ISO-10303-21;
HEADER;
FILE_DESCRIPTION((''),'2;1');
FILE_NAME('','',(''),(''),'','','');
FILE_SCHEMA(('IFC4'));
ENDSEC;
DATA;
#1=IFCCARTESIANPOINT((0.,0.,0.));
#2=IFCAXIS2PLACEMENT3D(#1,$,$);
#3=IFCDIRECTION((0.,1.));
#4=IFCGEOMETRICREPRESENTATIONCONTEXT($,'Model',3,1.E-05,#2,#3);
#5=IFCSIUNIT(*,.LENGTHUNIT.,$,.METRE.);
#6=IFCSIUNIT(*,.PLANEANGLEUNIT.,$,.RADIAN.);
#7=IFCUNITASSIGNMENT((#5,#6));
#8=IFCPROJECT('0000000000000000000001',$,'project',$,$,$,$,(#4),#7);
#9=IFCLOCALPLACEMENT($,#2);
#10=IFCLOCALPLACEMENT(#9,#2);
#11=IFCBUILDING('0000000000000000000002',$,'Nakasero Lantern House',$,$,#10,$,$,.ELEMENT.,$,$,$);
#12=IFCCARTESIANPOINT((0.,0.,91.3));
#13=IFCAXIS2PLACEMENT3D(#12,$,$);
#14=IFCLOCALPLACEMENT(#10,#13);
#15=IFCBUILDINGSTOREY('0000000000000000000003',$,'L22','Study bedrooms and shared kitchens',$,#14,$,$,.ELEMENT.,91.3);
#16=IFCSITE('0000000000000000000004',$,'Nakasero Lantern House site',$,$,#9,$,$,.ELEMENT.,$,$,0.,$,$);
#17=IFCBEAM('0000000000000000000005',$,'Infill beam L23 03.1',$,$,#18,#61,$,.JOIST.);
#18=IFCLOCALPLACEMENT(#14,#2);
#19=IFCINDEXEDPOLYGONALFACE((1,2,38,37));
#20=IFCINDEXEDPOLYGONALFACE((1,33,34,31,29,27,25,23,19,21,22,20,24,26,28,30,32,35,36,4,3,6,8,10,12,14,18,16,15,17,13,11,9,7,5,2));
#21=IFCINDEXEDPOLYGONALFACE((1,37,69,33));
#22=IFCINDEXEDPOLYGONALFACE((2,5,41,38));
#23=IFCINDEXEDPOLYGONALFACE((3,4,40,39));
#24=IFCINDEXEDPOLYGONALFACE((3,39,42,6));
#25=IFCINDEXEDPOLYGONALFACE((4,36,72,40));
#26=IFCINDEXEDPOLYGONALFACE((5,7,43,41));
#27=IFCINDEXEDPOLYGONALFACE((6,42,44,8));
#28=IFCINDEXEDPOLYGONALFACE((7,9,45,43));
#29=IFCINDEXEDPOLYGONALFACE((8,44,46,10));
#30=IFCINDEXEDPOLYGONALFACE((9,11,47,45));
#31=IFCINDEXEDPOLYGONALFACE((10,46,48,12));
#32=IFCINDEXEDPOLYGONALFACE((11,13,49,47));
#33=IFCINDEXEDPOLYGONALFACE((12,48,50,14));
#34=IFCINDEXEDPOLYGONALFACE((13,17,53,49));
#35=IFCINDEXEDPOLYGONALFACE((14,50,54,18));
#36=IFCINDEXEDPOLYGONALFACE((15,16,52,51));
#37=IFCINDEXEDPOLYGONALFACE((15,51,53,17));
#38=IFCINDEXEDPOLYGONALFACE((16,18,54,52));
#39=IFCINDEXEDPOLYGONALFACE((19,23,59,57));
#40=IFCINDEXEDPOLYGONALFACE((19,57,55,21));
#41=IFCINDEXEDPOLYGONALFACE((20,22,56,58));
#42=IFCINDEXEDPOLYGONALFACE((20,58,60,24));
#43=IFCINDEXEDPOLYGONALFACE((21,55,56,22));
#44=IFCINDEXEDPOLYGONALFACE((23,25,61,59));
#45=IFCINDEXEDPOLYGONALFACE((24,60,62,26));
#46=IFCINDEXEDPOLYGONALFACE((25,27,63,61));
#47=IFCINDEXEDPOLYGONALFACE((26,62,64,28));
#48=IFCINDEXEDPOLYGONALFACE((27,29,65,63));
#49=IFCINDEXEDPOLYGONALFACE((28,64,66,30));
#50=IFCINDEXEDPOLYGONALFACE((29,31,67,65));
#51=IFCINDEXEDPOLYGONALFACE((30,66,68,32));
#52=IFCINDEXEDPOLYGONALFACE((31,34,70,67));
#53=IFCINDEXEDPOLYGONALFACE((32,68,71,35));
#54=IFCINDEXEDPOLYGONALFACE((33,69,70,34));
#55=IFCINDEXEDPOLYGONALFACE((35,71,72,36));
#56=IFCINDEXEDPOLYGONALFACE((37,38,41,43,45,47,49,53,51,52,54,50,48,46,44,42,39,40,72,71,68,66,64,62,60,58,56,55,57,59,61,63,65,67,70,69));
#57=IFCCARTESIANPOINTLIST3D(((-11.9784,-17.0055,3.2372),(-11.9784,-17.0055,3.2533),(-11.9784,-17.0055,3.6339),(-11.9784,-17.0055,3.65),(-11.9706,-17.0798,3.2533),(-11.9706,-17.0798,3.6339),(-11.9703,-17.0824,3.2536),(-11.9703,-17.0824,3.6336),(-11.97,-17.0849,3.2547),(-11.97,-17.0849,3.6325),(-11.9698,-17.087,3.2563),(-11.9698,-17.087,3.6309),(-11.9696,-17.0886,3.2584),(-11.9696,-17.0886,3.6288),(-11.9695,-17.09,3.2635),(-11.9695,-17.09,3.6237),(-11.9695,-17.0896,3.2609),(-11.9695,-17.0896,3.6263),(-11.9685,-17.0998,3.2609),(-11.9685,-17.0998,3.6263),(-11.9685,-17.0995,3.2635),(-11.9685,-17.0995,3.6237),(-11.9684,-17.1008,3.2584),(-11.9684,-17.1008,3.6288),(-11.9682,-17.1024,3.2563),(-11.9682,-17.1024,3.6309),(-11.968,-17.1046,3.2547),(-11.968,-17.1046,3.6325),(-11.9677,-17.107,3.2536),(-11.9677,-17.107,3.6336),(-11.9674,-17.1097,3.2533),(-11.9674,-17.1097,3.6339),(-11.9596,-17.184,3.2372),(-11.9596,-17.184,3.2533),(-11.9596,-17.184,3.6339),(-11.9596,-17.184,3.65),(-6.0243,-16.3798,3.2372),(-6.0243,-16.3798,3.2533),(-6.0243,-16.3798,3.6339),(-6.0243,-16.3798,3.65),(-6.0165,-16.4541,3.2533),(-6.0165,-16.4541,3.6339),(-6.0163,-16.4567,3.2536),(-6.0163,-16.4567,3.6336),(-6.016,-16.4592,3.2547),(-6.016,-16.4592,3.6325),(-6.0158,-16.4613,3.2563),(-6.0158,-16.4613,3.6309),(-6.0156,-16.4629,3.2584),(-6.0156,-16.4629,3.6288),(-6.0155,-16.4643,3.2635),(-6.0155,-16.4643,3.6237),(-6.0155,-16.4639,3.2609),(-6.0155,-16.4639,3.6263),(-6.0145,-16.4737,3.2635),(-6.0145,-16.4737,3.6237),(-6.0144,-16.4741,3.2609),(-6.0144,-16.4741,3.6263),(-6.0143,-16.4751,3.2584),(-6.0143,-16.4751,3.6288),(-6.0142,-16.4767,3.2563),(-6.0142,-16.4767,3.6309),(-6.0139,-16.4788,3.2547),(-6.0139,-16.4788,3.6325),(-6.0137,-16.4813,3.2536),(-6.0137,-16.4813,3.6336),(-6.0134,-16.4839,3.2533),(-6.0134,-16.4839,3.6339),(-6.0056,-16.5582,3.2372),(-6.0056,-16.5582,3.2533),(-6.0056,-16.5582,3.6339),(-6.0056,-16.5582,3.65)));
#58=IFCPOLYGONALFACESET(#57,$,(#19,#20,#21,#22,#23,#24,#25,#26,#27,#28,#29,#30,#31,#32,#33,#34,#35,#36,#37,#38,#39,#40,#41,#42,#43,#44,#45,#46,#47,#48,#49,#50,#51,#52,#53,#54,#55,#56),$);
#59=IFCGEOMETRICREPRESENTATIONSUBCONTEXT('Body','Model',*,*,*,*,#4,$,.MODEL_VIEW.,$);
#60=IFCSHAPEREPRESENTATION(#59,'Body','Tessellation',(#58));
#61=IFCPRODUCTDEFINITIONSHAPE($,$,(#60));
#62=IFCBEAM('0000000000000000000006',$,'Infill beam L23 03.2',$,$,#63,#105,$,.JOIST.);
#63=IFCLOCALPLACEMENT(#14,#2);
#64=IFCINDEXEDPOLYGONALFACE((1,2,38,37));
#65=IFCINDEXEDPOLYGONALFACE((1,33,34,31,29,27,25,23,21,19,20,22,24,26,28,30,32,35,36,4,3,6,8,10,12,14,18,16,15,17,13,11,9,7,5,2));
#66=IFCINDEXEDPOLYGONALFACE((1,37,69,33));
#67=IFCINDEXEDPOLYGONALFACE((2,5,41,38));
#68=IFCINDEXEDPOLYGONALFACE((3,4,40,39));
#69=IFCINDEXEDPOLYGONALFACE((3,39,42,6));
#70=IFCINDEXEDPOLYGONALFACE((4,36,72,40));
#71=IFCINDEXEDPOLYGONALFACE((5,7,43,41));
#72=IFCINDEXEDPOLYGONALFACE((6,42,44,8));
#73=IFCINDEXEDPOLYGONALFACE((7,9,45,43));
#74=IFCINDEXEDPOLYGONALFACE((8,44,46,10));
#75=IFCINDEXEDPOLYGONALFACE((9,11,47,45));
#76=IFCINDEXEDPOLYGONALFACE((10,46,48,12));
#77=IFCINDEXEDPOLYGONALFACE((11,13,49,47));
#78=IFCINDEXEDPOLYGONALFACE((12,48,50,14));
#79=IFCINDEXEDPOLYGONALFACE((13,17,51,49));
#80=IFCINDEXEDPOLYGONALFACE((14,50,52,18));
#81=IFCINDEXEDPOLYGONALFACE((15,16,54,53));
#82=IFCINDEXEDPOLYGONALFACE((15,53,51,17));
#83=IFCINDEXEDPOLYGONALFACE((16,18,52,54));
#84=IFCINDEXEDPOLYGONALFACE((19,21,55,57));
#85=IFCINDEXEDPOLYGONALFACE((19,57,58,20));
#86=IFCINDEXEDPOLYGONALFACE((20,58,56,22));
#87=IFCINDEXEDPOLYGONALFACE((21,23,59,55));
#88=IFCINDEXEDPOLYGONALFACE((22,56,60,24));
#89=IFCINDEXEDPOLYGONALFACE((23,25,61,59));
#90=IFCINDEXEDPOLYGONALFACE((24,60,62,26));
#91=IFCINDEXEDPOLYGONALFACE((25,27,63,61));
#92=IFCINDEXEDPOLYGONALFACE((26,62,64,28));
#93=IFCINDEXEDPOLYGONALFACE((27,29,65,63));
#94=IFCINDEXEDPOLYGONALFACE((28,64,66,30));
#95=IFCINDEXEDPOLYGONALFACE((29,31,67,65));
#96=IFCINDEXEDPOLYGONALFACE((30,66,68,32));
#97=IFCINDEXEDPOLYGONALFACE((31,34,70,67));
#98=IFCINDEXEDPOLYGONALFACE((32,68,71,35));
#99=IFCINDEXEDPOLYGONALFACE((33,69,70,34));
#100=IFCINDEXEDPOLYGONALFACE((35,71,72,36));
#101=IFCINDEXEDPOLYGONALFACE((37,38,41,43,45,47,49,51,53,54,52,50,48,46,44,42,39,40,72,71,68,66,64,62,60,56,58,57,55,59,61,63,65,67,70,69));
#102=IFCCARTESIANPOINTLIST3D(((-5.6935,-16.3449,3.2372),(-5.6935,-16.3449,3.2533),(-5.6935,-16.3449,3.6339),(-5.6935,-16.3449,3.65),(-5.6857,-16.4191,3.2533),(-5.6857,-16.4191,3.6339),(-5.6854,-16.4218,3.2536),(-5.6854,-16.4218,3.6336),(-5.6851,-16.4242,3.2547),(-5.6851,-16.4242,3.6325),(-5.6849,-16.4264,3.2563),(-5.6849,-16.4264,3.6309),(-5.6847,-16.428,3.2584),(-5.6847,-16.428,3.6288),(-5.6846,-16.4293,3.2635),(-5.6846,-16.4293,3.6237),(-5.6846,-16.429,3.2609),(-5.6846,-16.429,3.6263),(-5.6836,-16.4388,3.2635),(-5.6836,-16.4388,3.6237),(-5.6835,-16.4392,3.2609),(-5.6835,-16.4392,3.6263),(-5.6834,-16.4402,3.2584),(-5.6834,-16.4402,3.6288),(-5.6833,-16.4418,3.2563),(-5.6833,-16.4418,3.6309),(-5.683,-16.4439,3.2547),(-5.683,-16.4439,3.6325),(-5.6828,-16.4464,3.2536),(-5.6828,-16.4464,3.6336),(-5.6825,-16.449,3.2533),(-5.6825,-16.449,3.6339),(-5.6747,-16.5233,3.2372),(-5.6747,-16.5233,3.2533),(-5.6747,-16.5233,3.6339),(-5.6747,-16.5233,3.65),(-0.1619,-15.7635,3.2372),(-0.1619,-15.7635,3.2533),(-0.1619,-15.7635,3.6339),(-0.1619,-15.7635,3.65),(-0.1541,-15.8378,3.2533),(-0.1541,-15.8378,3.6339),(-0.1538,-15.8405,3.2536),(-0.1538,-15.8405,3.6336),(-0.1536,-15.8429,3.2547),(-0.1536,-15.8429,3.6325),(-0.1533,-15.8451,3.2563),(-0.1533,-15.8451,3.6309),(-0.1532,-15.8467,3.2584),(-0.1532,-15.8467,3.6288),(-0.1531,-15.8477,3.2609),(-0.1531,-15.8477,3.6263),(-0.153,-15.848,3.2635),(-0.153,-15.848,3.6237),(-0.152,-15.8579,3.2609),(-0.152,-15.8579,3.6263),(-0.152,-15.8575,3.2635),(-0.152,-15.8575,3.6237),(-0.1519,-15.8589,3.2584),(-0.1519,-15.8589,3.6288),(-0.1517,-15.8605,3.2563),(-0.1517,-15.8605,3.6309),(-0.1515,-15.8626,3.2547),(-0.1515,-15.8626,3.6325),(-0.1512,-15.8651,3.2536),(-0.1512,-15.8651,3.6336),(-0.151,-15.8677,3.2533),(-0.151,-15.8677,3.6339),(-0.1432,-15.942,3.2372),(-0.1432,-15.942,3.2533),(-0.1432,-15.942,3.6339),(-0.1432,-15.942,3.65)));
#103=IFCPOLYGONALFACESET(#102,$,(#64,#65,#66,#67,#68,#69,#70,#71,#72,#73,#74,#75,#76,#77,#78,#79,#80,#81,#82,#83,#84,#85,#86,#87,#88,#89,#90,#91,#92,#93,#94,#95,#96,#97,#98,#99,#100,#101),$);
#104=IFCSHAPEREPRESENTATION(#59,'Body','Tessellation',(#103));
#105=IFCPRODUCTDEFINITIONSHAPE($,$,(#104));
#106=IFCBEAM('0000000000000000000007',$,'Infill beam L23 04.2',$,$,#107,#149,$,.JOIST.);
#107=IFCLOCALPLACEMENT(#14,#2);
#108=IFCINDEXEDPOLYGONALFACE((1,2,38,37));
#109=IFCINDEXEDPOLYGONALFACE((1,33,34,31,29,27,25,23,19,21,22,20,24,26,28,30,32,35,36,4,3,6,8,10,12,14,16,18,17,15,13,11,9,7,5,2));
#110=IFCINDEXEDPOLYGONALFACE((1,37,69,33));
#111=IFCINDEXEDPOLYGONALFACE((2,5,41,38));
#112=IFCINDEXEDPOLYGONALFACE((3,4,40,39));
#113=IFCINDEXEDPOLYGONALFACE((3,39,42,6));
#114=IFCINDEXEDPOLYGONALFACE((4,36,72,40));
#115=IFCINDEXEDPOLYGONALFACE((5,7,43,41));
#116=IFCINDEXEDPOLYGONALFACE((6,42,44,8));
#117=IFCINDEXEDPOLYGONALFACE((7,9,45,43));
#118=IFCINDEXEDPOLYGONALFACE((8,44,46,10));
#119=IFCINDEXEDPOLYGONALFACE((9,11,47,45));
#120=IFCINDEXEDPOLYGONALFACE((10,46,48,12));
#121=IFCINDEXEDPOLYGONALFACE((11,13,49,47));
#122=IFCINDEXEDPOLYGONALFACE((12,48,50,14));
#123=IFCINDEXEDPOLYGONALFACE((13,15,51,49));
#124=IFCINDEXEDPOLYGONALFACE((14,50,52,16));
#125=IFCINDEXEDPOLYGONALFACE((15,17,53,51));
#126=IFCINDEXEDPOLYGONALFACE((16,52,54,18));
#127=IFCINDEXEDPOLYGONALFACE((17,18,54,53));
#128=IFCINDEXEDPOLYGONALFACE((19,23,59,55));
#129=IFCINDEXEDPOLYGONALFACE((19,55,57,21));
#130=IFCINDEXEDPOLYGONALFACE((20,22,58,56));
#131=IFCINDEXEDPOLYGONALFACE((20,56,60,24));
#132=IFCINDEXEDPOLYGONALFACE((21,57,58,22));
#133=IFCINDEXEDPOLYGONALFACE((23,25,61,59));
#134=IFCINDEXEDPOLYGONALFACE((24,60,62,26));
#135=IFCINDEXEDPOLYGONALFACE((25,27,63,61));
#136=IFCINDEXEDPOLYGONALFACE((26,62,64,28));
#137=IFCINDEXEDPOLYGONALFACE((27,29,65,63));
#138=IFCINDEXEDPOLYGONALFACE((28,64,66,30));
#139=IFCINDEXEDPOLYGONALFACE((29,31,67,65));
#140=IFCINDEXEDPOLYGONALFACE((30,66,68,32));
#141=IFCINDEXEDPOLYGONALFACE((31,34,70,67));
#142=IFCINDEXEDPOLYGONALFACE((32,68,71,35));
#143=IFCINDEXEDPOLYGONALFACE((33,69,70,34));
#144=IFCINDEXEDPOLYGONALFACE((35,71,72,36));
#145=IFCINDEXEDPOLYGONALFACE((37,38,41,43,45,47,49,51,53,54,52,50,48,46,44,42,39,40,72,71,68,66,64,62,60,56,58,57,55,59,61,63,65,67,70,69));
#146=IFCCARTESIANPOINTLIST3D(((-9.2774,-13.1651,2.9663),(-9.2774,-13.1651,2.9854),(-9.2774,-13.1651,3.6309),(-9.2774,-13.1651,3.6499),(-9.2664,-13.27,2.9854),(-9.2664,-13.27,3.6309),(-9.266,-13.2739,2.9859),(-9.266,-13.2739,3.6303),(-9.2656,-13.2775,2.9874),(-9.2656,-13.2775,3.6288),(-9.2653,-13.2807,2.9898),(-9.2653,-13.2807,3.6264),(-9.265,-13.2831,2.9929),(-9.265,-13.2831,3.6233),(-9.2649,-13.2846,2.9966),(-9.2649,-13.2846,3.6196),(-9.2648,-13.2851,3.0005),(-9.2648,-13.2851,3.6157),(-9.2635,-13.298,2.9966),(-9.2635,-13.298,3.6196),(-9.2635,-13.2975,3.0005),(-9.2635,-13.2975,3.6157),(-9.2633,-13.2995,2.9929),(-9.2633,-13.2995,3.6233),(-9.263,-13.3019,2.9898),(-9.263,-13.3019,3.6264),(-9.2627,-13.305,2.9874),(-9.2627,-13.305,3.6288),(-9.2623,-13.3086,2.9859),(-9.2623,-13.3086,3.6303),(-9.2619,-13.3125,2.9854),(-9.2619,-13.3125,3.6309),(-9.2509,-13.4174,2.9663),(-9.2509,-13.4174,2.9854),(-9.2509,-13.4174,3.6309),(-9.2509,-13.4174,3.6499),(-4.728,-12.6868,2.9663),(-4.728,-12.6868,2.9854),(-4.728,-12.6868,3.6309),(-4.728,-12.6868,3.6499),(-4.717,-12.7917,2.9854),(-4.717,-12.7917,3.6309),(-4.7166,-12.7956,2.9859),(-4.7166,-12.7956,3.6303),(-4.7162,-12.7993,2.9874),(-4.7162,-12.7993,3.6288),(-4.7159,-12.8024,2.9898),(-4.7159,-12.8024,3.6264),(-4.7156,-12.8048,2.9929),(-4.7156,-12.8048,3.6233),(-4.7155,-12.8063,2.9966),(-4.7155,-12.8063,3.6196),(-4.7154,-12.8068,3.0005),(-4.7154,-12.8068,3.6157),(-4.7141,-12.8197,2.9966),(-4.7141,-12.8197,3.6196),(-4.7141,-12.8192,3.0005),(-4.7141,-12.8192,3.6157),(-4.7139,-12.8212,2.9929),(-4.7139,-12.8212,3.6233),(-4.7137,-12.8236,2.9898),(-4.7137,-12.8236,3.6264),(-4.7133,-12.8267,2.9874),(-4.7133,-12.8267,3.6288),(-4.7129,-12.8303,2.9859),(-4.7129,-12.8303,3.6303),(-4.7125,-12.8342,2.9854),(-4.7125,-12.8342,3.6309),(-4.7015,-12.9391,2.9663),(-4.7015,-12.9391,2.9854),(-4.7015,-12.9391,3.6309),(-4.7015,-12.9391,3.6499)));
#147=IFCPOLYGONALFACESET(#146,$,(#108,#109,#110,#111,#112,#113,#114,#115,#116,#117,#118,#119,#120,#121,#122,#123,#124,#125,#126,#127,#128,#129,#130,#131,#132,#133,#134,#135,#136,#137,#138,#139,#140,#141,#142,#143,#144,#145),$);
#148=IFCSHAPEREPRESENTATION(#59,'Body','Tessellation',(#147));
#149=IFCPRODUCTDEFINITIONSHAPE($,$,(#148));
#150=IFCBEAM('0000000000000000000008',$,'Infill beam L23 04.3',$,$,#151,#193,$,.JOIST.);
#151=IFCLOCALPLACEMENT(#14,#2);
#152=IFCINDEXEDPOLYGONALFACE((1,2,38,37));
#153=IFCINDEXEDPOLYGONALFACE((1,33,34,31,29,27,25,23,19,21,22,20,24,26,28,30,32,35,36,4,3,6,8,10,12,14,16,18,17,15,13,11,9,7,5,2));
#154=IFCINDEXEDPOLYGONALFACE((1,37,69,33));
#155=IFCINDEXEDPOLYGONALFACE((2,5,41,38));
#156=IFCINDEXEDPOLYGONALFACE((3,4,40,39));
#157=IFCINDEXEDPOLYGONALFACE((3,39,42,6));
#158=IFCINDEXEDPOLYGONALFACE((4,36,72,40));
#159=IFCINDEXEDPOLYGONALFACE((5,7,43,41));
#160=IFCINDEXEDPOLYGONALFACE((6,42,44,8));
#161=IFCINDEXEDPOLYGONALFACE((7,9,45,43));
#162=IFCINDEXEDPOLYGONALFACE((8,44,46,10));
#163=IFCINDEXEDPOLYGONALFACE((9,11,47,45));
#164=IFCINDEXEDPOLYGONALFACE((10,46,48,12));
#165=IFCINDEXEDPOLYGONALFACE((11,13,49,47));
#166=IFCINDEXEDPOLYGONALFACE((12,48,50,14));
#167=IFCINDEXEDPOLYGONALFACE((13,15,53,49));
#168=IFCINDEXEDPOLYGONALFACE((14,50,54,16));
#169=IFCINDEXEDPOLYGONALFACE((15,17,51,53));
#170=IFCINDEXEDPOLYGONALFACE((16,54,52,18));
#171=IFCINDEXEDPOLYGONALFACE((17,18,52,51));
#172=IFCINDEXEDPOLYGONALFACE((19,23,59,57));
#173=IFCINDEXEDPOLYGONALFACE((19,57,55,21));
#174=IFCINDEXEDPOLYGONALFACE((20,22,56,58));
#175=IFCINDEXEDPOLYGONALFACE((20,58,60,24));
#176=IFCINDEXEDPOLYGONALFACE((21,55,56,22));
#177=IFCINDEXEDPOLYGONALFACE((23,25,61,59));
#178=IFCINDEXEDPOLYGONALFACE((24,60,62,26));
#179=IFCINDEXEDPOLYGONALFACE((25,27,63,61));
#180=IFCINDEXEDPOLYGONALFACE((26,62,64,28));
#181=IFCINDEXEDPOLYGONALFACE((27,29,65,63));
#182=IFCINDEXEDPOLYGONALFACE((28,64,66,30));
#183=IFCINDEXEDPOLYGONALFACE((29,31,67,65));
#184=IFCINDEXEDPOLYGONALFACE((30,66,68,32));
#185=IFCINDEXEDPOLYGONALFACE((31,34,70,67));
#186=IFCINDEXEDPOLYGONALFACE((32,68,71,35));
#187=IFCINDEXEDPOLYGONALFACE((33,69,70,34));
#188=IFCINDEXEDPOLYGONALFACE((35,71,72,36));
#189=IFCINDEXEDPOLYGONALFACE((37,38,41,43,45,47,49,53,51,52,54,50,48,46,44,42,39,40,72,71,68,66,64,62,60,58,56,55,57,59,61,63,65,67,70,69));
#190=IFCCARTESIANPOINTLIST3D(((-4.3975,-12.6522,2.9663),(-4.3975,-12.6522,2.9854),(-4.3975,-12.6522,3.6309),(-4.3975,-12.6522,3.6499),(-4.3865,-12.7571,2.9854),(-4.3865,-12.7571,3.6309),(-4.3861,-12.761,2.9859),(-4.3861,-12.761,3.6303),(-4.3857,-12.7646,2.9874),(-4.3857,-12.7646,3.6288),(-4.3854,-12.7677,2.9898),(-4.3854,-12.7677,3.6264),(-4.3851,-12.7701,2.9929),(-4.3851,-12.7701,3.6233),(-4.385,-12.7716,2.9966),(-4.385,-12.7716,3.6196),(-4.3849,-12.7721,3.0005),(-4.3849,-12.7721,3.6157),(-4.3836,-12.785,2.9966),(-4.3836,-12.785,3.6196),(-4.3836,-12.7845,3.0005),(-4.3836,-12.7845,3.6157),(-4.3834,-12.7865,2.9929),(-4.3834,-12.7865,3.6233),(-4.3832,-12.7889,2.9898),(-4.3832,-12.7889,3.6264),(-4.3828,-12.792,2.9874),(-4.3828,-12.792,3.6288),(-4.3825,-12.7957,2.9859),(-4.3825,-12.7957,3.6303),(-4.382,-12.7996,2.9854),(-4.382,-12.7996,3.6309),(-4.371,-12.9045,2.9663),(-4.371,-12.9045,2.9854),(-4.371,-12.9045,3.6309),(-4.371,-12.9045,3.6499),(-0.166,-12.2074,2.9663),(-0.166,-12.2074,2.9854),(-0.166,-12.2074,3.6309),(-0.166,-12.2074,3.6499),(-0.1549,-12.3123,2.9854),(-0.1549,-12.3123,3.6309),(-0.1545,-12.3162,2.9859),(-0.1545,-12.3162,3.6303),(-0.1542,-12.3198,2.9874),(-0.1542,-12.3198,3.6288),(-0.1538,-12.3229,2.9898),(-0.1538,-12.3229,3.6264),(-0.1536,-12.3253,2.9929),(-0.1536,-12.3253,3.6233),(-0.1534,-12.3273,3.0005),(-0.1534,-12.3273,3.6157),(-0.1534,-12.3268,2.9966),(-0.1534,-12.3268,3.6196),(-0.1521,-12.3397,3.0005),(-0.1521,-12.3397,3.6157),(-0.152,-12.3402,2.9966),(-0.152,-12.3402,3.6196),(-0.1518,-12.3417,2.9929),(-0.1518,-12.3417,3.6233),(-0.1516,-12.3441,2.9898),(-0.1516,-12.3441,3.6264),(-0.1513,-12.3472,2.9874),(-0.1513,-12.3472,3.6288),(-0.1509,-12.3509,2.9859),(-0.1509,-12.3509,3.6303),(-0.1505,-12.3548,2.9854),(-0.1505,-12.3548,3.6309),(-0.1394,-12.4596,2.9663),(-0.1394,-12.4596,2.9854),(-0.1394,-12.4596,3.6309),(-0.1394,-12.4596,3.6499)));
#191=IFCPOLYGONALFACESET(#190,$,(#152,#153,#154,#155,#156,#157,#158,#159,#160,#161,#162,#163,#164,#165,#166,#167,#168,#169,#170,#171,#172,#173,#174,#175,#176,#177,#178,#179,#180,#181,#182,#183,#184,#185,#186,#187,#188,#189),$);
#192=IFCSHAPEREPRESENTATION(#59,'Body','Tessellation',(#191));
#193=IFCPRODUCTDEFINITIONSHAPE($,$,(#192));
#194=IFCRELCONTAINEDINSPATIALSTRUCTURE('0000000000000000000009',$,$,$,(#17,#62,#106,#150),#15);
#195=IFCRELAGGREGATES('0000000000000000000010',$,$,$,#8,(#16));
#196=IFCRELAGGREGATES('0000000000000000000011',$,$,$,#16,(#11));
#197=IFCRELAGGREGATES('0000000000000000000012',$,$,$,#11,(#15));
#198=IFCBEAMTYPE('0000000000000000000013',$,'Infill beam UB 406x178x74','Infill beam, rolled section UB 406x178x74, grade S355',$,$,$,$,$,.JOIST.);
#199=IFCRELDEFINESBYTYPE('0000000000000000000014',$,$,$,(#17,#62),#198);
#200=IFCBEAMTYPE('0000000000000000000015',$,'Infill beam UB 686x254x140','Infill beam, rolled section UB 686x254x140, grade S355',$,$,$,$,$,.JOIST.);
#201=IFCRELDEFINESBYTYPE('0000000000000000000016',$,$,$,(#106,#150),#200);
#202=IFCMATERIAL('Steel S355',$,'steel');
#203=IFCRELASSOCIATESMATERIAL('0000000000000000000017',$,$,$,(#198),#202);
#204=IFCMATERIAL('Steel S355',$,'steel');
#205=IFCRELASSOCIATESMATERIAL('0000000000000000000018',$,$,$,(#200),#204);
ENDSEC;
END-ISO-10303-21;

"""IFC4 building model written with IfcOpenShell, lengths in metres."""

from ifc_helpers import new_model, si_unit, direction, frame, origin, origin_2d, place, context, subcontext, project, spatial, i_section, extrude, material, material_profile, profile_set, type_object, element, save


model = new_model("IFC4")

# Units and contexts
model_context = context("Model", 3, precision=1e-05, world=origin(), true_north=direction((0.0, 1.0)))
body_context = subcontext(model_context, "Body", "Model", "MODEL_VIEW")
ifc_project = project(units=[si_unit("LENGTHUNIT", "METRE"), si_unit("PLANEANGLEUNIT", "RADIAN")], contexts=[model_context])

# Site, building, storey
site_placement = place(None, origin())
site = spatial("IfcSite", under=ifc_project, at=site_placement, Name="Nakasero Lantern House site", CompositionType="ELEMENT", RefElevation=0.0)
building_placement = place(site_placement, origin())
building = spatial("IfcBuilding", under=site, at=building_placement, Name="Nakasero Lantern House", CompositionType="ELEMENT")
storey_placement = place(building_placement, frame((0.0, 0.0, 91.3)))
storey = spatial("IfcBuildingStorey", under=building, at=storey_placement, Name="L22", Description="Study bedrooms and shared kitchens", CompositionType="ELEMENT", Elevation=91.3)

# Beams
ifc_material_1 = material(Name="Steel S355", Category="steel")
ifc_material_profile_1 = material_profile(ifc_material_1, i_section(OverallWidth=0.1794, OverallDepth=0.4128, WebThickness=0.0095, FlangeThickness=0.0161, FilletRadius=0.0103, at=origin_2d()), Name="UB 406x178x74")
ifc_profile_set_1 = profile_set([ifc_material_profile_1], Name="Steel S355")
beam_type_1 = type_object("IfcBeamType", Name="Infill beam UB 406x178x74", Description="Infill beam, rolled section UB 406x178x74, grade S355", PredefinedType="JOIST", material=ifc_profile_set_1)
beam_1_placement = place(storey_placement, frame((-11.969, -17.0947, 3.4436), z_axis=(0.994523, 0.104517, 0.0), x_axis=(-0.104517, 0.994523, 0.0)))
element("IfcBeam", 1, at=beam_1_placement, inside=storey, type_object=beam_type_1, Name="Infill beam L23 03.1", PredefinedType="JOIST", context=body_context, shape_type="SweptSolid", body=[
    extrude(i_section(OverallWidth=0.1794, OverallDepth=0.4128, WebThickness=0.0095, FlangeThickness=0.0161, FilletRadius=0.0103, at=origin_2d()), origin(), (0.0, 0.0, 1.0), 5.9868),
])
beam_2_placement = place(storey_placement, frame((-5.6841, -16.4341, 3.4436), z_axis=(0.994523, 0.104513, 0.0), x_axis=(-0.104513, 0.994523, 0.0)))
element("IfcBeam", 2, at=beam_2_placement, inside=storey, type_object=beam_type_1, Name="Infill beam L23 03.2", PredefinedType="JOIST", context=body_context, shape_type="SweptSolid", body=[
    extrude(i_section(OverallWidth=0.1794, OverallDepth=0.4128, WebThickness=0.0095, FlangeThickness=0.0161, FilletRadius=0.0103, at=origin_2d()), origin(), (0.0, 0.0, 1.0), 5.562),
])
ifc_material_2 = material(Name="Steel S355", Category="steel")
ifc_material_profile_2 = material_profile(ifc_material_2, i_section(OverallWidth=0.2537, OverallDepth=0.6836, WebThickness=0.0125, FlangeThickness=0.019, FilletRadius=0.0151, at=origin_2d()), Name="UB 686x254x140")
ifc_profile_set_2 = profile_set([ifc_material_profile_2], Name="Steel S355")
beam_type_2 = type_object("IfcBeamType", Name="Infill beam UB 686x254x140", Description="Infill beam, rolled section UB 686x254x140, grade S355", PredefinedType="JOIST", material=ifc_profile_set_2)
beam_3_placement = place(storey_placement, frame((-9.2642, -13.2913, 3.3081), z_axis=(0.994519, 0.104554, 0.0), x_axis=(-0.104554, 0.994519, 0.0)))
element("IfcBeam", 3, at=beam_3_placement, inside=storey, type_object=beam_type_2, Name="Infill beam L23 04.2", PredefinedType="JOIST", context=body_context, shape_type="SweptSolid", body=[
    extrude(i_section(OverallWidth=0.2537, OverallDepth=0.6836, WebThickness=0.0125, FlangeThickness=0.019, FilletRadius=0.0151, at=origin_2d()), origin(), (0.0, 0.0, 1.0), 4.5745),
])
beam_4_placement = place(storey_placement, frame((-4.3843, -12.7783, 3.3081), z_axis=(0.994521, 0.104541, 0.0), x_axis=(-0.104541, 0.994521, 0.0)))
element("IfcBeam", 4, at=beam_4_placement, inside=storey, type_object=beam_type_2, Name="Infill beam L23 04.3", PredefinedType="JOIST", context=body_context, shape_type="SweptSolid", body=[
    extrude(i_section(OverallWidth=0.2537, OverallDepth=0.6836, WebThickness=0.0125, FlangeThickness=0.019, FilletRadius=0.0151, at=origin_2d()), origin(), (0.0, 0.0, 1.0), 4.2549),
])

save(model, "model.ifc")
